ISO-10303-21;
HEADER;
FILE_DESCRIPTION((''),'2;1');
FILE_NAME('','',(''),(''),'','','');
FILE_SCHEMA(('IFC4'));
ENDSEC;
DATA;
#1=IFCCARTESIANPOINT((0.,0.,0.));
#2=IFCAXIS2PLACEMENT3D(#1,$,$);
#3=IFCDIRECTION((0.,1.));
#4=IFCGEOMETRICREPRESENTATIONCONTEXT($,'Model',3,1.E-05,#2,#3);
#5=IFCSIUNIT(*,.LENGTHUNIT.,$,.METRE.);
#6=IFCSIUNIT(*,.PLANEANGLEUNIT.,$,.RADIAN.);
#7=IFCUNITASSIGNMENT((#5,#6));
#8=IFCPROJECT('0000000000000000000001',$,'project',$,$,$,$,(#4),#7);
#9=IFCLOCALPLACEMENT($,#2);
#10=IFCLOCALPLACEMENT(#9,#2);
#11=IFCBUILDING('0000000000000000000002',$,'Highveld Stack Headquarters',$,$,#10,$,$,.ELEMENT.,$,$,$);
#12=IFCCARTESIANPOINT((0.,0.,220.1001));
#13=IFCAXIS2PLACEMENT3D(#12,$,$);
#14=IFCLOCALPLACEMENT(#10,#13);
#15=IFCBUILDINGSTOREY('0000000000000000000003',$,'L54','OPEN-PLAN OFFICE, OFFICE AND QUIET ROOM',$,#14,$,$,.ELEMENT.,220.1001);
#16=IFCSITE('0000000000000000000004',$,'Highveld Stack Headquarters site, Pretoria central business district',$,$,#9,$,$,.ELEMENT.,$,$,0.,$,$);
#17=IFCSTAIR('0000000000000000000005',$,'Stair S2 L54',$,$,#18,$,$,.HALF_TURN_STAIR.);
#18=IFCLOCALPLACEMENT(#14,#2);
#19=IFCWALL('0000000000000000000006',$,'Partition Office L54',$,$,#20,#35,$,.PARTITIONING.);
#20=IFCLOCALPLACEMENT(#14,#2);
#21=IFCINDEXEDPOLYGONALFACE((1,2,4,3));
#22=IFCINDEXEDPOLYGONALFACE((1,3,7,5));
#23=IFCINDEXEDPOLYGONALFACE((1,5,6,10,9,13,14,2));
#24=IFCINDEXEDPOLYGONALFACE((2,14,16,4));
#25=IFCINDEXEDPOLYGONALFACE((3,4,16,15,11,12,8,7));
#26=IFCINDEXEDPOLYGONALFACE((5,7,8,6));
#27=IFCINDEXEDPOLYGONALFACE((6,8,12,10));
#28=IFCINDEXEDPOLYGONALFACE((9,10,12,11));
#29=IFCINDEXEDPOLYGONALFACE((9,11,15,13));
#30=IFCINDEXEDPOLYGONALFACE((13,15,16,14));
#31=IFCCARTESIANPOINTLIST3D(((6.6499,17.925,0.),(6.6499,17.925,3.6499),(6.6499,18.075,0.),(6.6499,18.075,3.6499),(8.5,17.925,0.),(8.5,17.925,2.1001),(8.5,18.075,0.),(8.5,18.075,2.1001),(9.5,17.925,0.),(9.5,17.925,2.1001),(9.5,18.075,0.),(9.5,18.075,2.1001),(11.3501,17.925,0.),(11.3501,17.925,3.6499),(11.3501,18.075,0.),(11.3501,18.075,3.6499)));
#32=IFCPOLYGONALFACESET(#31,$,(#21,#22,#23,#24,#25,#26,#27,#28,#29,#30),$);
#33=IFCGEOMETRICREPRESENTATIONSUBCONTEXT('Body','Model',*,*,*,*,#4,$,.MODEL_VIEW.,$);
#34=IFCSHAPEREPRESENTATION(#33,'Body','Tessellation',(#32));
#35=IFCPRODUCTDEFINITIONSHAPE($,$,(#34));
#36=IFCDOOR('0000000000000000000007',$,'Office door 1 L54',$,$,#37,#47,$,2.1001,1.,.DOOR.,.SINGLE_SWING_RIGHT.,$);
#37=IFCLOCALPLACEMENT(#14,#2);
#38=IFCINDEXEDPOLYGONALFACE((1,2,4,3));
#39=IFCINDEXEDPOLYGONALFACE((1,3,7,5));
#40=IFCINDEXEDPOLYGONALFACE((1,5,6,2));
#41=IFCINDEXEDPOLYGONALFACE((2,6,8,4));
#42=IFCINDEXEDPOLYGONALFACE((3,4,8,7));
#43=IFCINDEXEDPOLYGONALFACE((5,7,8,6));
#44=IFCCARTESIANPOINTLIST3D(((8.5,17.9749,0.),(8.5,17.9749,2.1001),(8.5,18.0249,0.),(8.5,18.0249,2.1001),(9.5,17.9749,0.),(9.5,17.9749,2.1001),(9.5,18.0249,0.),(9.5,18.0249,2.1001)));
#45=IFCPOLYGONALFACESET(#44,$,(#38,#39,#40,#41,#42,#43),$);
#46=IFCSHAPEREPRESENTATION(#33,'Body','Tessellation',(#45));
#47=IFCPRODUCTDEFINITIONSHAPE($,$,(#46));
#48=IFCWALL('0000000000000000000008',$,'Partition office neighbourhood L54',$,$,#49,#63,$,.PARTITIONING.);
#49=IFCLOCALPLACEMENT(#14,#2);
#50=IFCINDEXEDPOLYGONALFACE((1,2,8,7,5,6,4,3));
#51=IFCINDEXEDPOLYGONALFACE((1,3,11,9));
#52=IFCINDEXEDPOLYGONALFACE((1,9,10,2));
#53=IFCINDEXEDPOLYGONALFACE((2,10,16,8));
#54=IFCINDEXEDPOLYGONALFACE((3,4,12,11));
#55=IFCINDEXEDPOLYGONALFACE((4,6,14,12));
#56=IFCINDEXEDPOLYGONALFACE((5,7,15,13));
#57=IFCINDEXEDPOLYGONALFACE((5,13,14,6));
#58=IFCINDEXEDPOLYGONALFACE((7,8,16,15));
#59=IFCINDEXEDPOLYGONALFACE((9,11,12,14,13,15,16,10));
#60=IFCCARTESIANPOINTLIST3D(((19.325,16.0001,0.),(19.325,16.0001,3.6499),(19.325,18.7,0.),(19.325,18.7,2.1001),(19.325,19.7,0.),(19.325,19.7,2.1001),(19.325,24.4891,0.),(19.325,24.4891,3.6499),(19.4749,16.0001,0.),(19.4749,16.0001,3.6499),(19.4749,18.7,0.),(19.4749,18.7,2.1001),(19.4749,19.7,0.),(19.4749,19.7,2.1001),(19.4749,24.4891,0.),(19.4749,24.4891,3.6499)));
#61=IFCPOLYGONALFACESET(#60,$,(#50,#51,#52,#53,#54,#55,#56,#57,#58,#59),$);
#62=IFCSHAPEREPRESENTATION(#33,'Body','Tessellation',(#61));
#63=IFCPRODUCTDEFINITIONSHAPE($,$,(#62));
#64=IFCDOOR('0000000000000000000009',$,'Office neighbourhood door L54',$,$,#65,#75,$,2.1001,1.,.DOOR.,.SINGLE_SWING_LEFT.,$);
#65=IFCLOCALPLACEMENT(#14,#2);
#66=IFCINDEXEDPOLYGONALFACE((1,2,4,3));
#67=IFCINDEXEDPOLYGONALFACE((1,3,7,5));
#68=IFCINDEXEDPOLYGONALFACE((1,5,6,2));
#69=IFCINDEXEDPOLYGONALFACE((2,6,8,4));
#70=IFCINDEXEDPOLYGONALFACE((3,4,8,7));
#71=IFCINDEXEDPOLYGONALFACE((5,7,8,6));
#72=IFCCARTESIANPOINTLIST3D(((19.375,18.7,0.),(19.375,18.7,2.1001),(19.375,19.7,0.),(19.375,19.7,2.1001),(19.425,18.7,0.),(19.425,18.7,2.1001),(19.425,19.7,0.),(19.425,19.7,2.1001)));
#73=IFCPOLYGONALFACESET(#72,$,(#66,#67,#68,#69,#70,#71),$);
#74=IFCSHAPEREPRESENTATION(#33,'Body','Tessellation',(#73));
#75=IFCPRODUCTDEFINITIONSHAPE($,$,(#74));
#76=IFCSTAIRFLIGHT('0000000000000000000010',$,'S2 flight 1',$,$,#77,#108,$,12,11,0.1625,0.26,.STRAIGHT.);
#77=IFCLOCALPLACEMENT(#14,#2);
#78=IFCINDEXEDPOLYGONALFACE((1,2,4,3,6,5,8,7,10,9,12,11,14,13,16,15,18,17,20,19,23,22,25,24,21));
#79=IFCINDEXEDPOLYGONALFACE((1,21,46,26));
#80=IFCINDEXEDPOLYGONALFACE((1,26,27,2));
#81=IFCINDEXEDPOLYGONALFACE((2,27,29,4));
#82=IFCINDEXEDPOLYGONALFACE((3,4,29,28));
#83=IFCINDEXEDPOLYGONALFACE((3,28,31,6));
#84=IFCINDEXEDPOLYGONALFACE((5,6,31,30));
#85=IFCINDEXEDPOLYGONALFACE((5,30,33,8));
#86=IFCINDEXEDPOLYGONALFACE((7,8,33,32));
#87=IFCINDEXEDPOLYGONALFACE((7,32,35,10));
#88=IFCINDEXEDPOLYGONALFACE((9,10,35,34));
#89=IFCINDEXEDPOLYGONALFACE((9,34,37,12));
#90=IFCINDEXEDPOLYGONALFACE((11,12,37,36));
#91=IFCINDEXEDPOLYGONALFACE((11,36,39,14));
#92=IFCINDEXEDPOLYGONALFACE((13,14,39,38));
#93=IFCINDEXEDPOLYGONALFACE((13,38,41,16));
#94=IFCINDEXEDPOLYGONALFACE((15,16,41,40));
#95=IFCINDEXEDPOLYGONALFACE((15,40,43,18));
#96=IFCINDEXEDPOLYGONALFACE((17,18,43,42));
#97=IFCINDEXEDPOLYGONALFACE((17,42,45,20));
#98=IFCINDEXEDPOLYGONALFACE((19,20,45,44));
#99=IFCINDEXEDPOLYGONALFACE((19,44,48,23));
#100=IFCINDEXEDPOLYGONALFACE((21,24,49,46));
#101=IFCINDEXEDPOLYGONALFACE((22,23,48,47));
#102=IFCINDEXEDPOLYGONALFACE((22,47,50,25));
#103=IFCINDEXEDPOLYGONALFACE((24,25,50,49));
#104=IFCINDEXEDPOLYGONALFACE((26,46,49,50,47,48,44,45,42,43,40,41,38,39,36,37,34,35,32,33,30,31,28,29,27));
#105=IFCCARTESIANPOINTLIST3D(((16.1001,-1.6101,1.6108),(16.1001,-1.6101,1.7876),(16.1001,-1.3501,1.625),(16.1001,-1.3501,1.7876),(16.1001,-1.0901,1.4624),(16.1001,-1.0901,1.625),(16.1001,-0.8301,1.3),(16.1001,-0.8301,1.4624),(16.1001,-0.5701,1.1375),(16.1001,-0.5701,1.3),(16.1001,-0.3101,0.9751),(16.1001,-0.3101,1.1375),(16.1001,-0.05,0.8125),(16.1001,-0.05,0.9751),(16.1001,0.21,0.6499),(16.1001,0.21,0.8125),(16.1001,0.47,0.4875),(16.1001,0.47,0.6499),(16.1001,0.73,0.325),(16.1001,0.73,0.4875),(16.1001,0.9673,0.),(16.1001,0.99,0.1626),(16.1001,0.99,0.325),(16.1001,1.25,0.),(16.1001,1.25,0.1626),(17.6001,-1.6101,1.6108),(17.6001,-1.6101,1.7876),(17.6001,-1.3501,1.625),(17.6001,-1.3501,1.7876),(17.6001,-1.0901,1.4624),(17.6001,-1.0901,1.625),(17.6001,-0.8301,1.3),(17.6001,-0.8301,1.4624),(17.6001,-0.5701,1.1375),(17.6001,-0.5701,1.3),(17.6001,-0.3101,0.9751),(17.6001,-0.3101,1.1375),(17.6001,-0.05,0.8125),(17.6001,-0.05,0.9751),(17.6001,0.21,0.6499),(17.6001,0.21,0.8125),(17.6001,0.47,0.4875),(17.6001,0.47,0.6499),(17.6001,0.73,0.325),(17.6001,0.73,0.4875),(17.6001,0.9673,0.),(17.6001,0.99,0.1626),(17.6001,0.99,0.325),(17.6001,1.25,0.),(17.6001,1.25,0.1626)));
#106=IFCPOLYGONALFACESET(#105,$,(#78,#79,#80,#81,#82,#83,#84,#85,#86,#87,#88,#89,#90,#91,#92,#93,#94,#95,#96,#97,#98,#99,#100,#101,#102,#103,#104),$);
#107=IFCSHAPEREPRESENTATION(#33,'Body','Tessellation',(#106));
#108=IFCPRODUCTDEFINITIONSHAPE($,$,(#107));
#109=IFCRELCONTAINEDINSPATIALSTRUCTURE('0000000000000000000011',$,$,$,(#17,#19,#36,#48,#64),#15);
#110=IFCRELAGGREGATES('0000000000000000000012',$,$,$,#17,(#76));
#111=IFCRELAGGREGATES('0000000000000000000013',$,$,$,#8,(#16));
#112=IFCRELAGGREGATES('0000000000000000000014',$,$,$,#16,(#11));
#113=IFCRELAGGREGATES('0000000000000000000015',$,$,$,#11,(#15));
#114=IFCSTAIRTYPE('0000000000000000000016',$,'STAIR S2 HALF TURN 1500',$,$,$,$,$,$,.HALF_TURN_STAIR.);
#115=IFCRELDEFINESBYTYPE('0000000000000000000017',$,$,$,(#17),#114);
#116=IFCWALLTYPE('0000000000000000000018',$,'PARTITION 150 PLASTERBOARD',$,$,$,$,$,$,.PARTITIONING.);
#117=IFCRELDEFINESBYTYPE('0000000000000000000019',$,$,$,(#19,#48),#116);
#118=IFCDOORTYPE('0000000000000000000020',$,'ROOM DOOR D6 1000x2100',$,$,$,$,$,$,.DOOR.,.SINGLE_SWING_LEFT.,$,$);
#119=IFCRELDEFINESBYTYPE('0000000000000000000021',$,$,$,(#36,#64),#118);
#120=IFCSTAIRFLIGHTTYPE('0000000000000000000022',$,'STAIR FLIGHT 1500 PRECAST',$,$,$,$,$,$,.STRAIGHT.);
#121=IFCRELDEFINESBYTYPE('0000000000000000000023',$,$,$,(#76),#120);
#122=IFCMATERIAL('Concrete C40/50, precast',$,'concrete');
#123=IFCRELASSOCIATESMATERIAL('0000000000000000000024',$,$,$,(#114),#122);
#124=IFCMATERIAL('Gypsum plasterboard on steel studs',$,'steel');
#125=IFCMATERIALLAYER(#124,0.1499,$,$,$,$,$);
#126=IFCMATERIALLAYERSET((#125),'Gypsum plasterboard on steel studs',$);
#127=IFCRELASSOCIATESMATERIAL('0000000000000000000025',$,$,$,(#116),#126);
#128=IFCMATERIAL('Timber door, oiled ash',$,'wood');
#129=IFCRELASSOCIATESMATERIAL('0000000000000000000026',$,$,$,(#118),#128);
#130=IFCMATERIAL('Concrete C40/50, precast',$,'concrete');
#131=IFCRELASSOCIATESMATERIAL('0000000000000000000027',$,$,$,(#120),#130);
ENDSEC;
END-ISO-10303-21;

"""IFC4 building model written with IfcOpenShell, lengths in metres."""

from ifc_helpers import new_model, si_unit, direction, frame, frame_2d, origin, place, context, subcontext, project, spatial, polyline, rectangle, outline, extrude, material, layer, layer_set, type_object, element, fill, aggregate, save


model = new_model("IFC4")

# Units and contexts
model_context = context("Model", 3, precision=1e-05, world=origin(), true_north=direction((0.0, 1.0)))
body_context = subcontext(model_context, "Body", "Model", "MODEL_VIEW")
ifc_project = project(units=[si_unit("LENGTHUNIT", "METRE"), si_unit("PLANEANGLEUNIT", "RADIAN")], contexts=[model_context])

# Site, building, storey
site_placement = place(None, origin())
site = spatial("IfcSite", under=ifc_project, at=site_placement, Name="Highveld Stack Headquarters site, Pretoria central business district", CompositionType="ELEMENT", RefElevation=0.0)
building_placement = place(site_placement, origin())
building = spatial("IfcBuilding", under=site, at=building_placement, Name="Highveld Stack Headquarters", CompositionType="ELEMENT")
storey_placement = place(building_placement, frame((0.0, 0.0, 220.1001)))
storey = spatial("IfcBuildingStorey", under=building, at=storey_placement, Name="L54", Description="OPEN-PLAN OFFICE, OFFICE AND QUIET ROOM", CompositionType="ELEMENT", Elevation=220.1001)

# Stair
ifc_material_1 = material(Name="Concrete C40/50, precast", Category="concrete")
stair_type_1 = type_object("IfcStairType", Name="STAIR S2 HALF TURN 1500", PredefinedType="HALF_TURN_STAIR", material=ifc_material_1)
stair_1_placement = place(storey_placement, origin())
stair_1 = element("IfcStair", 1, at=stair_1_placement, inside=storey, type_object=stair_type_1, Name="Stair S2 L54", PredefinedType="HALF_TURN_STAIR")

# Walls, openings, doors
ifc_material_2 = material(Name="Gypsum plasterboard on steel studs", Category="steel")
ifc_layer_1 = layer(ifc_material_2, 0.1499)
ifc_layer_set_1 = layer_set([ifc_layer_1], Name="Gypsum plasterboard on steel studs")
wall_type_1 = type_object("IfcWallType", Name="PARTITION 150 PLASTERBOARD", PredefinedType="PARTITIONING", material=ifc_layer_set_1)
ifc_material_3 = material(Name="Timber door, oiled ash", Category="wood")
door_type_1 = type_object("IfcDoorType", Name="ROOM DOOR D6 1000x2100", OperationType="SINGLE_SWING_LEFT", PredefinedType="DOOR", material=ifc_material_3)
wall_1_placement = place(storey_placement, frame((6.6499, 18.0, 0.0), z_axis=(0.0, 0.0, 1.0), x_axis=(1.0, 0.0, 0.0)))
wall_1 = element("IfcWall", 2, at=wall_1_placement, inside=storey, type_object=wall_type_1, Name="Partition Office L54", PredefinedType="PARTITIONING", context=body_context, shape_type="SweptSolid", body=[
    extrude(rectangle(XDim=4.7002, YDim=0.1499, at=frame_2d((2.3501, 0.0))), origin(), (0.0, 0.0, 1.0), 3.6499),
])
opening_1_placement = place(wall_1_placement, frame((1.8501, 0.0, 0.0)))
opening_1 = element("IfcOpeningElement", 3, at=opening_1_placement, cuts=wall_1, PredefinedType="OPENING", context=body_context, shape_type="SweptSolid", body=[
    extrude(rectangle(XDim=1.0, YDim=2.1001, at=frame_2d((0.5, 1.05))), frame((0.0, 0.085, 0.0), z_axis=(0.0, -1.0, 0.0), x_axis=(1.0, 0.0, 0.0)), (0.0, 0.0, 1.0), 0.1699),
])
door_1_placement = place(opening_1_placement, origin())
door_1 = element("IfcDoor", 4, at=door_1_placement, inside=storey, type_object=door_type_1, Name="Office door 1 L54", OperationType="SINGLE_SWING_RIGHT", OverallHeight=2.1001, OverallWidth=1.0, PredefinedType="DOOR", context=body_context, shape_type="SweptSolid", body=[
    extrude(rectangle(XDim=1.0, YDim=2.1001, at=frame_2d((0.5, 1.05))), frame((0.0, 0.0249, 0.0), z_axis=(0.0, -1.0, 0.0), x_axis=(1.0, 0.0, 0.0)), (0.0, 0.0, 1.0), 0.05),
])
fill(opening_1, door_1)
wall_2_placement = place(storey_placement, frame((19.3999, 16.0, 0.0), z_axis=(0.0, 0.0, 1.0), x_axis=(0.0, 1.0, 0.0)))
wall_2 = element("IfcWall", 5, at=wall_2_placement, inside=storey, type_object=wall_type_1, Name="Partition office neighbourhood L54", PredefinedType="PARTITIONING", context=body_context, shape_type="SweptSolid", body=[
    extrude(rectangle(XDim=8.489, YDim=0.1499, at=frame_2d((4.2446, 0.0))), origin(), (0.0, 0.0, 1.0), 3.6499),
])
opening_2_placement = place(wall_2_placement, frame((2.7, 0.0, 0.0)))
opening_2 = element("IfcOpeningElement", 6, at=opening_2_placement, cuts=wall_2, PredefinedType="OPENING", context=body_context, shape_type="SweptSolid", body=[
    extrude(rectangle(XDim=1.0, YDim=2.1001, at=frame_2d((0.5, 1.05))), frame((0.0, 0.085, 0.0), z_axis=(0.0, -1.0, 0.0), x_axis=(1.0, 0.0, 0.0)), (0.0, 0.0, 1.0), 0.1699),
])
door_2_placement = place(opening_2_placement, origin())
door_2 = element("IfcDoor", 7, at=door_2_placement, inside=storey, type_object=door_type_1, Name="Office neighbourhood door L54", OperationType="SINGLE_SWING_LEFT", OverallHeight=2.1001, OverallWidth=1.0, PredefinedType="DOOR", context=body_context, shape_type="SweptSolid", body=[
    extrude(rectangle(XDim=1.0, YDim=2.1001, at=frame_2d((0.5, 1.05))), frame((0.0, 0.0249, 0.0), z_axis=(0.0, -1.0, 0.0), x_axis=(1.0, 0.0, 0.0)), (0.0, 0.0, 1.0), 0.05),
])
fill(opening_2, door_2)

# Stair flight
ifc_material_4 = material(Name="Concrete C40/50, precast", Category="concrete")
stair_flight_type = type_object("IfcStairFlightType", Name="STAIR FLIGHT 1500 PRECAST", PredefinedType="STRAIGHT", material=ifc_material_4)
stair_flight_placement = place(storey_placement, frame((16.8501, 1.25, 0.0), z_axis=(0.0, 0.0, 1.0), x_axis=(0.0, -1.0, 0.0)))
stair_flight = element("IfcStairFlight", 8, at=stair_flight_placement, type_object=stair_flight_type, Name="S2 flight 1", NumberOfRisers=12, NumberOfTreads=11, PredefinedType="STRAIGHT", RiserHeight=0.1625, TreadLength=0.26, context=body_context, shape_type="SweptSolid", body=[
    extrude(outline(polyline([(0.0, 0.0), (0.0, 0.1626), (0.26, 0.1626), (0.26, 0.325), (0.52, 0.325), (0.52, 0.4875), (0.78, 0.4875), (0.78, 0.6499), (1.04, 0.6499), (1.04, 0.8125), (1.3, 0.8125), (1.3, 0.9751), (1.5601, 0.9751), (1.5601, 1.1375), (1.8201, 1.1375), (1.8201, 1.3), (2.0801, 1.3), (2.0801, 1.4624), (2.3401, 1.4624), (2.3401, 1.625), (2.6001, 1.625), (2.6001, 1.7876), (2.8601, 1.7876), (2.8601, 1.95), (2.8601, 1.6108), (0.2827, 0.0), (0.0, 0.0)])), frame((0.0, 0.75, 0.0), z_axis=(0.0, -1.0, 0.0), x_axis=(1.0, 0.0, 0.0)), (0.0, 0.0, 1.0), 1.5),
])
aggregate(stair_1, [stair_flight])

save(model, "model.ifc")
